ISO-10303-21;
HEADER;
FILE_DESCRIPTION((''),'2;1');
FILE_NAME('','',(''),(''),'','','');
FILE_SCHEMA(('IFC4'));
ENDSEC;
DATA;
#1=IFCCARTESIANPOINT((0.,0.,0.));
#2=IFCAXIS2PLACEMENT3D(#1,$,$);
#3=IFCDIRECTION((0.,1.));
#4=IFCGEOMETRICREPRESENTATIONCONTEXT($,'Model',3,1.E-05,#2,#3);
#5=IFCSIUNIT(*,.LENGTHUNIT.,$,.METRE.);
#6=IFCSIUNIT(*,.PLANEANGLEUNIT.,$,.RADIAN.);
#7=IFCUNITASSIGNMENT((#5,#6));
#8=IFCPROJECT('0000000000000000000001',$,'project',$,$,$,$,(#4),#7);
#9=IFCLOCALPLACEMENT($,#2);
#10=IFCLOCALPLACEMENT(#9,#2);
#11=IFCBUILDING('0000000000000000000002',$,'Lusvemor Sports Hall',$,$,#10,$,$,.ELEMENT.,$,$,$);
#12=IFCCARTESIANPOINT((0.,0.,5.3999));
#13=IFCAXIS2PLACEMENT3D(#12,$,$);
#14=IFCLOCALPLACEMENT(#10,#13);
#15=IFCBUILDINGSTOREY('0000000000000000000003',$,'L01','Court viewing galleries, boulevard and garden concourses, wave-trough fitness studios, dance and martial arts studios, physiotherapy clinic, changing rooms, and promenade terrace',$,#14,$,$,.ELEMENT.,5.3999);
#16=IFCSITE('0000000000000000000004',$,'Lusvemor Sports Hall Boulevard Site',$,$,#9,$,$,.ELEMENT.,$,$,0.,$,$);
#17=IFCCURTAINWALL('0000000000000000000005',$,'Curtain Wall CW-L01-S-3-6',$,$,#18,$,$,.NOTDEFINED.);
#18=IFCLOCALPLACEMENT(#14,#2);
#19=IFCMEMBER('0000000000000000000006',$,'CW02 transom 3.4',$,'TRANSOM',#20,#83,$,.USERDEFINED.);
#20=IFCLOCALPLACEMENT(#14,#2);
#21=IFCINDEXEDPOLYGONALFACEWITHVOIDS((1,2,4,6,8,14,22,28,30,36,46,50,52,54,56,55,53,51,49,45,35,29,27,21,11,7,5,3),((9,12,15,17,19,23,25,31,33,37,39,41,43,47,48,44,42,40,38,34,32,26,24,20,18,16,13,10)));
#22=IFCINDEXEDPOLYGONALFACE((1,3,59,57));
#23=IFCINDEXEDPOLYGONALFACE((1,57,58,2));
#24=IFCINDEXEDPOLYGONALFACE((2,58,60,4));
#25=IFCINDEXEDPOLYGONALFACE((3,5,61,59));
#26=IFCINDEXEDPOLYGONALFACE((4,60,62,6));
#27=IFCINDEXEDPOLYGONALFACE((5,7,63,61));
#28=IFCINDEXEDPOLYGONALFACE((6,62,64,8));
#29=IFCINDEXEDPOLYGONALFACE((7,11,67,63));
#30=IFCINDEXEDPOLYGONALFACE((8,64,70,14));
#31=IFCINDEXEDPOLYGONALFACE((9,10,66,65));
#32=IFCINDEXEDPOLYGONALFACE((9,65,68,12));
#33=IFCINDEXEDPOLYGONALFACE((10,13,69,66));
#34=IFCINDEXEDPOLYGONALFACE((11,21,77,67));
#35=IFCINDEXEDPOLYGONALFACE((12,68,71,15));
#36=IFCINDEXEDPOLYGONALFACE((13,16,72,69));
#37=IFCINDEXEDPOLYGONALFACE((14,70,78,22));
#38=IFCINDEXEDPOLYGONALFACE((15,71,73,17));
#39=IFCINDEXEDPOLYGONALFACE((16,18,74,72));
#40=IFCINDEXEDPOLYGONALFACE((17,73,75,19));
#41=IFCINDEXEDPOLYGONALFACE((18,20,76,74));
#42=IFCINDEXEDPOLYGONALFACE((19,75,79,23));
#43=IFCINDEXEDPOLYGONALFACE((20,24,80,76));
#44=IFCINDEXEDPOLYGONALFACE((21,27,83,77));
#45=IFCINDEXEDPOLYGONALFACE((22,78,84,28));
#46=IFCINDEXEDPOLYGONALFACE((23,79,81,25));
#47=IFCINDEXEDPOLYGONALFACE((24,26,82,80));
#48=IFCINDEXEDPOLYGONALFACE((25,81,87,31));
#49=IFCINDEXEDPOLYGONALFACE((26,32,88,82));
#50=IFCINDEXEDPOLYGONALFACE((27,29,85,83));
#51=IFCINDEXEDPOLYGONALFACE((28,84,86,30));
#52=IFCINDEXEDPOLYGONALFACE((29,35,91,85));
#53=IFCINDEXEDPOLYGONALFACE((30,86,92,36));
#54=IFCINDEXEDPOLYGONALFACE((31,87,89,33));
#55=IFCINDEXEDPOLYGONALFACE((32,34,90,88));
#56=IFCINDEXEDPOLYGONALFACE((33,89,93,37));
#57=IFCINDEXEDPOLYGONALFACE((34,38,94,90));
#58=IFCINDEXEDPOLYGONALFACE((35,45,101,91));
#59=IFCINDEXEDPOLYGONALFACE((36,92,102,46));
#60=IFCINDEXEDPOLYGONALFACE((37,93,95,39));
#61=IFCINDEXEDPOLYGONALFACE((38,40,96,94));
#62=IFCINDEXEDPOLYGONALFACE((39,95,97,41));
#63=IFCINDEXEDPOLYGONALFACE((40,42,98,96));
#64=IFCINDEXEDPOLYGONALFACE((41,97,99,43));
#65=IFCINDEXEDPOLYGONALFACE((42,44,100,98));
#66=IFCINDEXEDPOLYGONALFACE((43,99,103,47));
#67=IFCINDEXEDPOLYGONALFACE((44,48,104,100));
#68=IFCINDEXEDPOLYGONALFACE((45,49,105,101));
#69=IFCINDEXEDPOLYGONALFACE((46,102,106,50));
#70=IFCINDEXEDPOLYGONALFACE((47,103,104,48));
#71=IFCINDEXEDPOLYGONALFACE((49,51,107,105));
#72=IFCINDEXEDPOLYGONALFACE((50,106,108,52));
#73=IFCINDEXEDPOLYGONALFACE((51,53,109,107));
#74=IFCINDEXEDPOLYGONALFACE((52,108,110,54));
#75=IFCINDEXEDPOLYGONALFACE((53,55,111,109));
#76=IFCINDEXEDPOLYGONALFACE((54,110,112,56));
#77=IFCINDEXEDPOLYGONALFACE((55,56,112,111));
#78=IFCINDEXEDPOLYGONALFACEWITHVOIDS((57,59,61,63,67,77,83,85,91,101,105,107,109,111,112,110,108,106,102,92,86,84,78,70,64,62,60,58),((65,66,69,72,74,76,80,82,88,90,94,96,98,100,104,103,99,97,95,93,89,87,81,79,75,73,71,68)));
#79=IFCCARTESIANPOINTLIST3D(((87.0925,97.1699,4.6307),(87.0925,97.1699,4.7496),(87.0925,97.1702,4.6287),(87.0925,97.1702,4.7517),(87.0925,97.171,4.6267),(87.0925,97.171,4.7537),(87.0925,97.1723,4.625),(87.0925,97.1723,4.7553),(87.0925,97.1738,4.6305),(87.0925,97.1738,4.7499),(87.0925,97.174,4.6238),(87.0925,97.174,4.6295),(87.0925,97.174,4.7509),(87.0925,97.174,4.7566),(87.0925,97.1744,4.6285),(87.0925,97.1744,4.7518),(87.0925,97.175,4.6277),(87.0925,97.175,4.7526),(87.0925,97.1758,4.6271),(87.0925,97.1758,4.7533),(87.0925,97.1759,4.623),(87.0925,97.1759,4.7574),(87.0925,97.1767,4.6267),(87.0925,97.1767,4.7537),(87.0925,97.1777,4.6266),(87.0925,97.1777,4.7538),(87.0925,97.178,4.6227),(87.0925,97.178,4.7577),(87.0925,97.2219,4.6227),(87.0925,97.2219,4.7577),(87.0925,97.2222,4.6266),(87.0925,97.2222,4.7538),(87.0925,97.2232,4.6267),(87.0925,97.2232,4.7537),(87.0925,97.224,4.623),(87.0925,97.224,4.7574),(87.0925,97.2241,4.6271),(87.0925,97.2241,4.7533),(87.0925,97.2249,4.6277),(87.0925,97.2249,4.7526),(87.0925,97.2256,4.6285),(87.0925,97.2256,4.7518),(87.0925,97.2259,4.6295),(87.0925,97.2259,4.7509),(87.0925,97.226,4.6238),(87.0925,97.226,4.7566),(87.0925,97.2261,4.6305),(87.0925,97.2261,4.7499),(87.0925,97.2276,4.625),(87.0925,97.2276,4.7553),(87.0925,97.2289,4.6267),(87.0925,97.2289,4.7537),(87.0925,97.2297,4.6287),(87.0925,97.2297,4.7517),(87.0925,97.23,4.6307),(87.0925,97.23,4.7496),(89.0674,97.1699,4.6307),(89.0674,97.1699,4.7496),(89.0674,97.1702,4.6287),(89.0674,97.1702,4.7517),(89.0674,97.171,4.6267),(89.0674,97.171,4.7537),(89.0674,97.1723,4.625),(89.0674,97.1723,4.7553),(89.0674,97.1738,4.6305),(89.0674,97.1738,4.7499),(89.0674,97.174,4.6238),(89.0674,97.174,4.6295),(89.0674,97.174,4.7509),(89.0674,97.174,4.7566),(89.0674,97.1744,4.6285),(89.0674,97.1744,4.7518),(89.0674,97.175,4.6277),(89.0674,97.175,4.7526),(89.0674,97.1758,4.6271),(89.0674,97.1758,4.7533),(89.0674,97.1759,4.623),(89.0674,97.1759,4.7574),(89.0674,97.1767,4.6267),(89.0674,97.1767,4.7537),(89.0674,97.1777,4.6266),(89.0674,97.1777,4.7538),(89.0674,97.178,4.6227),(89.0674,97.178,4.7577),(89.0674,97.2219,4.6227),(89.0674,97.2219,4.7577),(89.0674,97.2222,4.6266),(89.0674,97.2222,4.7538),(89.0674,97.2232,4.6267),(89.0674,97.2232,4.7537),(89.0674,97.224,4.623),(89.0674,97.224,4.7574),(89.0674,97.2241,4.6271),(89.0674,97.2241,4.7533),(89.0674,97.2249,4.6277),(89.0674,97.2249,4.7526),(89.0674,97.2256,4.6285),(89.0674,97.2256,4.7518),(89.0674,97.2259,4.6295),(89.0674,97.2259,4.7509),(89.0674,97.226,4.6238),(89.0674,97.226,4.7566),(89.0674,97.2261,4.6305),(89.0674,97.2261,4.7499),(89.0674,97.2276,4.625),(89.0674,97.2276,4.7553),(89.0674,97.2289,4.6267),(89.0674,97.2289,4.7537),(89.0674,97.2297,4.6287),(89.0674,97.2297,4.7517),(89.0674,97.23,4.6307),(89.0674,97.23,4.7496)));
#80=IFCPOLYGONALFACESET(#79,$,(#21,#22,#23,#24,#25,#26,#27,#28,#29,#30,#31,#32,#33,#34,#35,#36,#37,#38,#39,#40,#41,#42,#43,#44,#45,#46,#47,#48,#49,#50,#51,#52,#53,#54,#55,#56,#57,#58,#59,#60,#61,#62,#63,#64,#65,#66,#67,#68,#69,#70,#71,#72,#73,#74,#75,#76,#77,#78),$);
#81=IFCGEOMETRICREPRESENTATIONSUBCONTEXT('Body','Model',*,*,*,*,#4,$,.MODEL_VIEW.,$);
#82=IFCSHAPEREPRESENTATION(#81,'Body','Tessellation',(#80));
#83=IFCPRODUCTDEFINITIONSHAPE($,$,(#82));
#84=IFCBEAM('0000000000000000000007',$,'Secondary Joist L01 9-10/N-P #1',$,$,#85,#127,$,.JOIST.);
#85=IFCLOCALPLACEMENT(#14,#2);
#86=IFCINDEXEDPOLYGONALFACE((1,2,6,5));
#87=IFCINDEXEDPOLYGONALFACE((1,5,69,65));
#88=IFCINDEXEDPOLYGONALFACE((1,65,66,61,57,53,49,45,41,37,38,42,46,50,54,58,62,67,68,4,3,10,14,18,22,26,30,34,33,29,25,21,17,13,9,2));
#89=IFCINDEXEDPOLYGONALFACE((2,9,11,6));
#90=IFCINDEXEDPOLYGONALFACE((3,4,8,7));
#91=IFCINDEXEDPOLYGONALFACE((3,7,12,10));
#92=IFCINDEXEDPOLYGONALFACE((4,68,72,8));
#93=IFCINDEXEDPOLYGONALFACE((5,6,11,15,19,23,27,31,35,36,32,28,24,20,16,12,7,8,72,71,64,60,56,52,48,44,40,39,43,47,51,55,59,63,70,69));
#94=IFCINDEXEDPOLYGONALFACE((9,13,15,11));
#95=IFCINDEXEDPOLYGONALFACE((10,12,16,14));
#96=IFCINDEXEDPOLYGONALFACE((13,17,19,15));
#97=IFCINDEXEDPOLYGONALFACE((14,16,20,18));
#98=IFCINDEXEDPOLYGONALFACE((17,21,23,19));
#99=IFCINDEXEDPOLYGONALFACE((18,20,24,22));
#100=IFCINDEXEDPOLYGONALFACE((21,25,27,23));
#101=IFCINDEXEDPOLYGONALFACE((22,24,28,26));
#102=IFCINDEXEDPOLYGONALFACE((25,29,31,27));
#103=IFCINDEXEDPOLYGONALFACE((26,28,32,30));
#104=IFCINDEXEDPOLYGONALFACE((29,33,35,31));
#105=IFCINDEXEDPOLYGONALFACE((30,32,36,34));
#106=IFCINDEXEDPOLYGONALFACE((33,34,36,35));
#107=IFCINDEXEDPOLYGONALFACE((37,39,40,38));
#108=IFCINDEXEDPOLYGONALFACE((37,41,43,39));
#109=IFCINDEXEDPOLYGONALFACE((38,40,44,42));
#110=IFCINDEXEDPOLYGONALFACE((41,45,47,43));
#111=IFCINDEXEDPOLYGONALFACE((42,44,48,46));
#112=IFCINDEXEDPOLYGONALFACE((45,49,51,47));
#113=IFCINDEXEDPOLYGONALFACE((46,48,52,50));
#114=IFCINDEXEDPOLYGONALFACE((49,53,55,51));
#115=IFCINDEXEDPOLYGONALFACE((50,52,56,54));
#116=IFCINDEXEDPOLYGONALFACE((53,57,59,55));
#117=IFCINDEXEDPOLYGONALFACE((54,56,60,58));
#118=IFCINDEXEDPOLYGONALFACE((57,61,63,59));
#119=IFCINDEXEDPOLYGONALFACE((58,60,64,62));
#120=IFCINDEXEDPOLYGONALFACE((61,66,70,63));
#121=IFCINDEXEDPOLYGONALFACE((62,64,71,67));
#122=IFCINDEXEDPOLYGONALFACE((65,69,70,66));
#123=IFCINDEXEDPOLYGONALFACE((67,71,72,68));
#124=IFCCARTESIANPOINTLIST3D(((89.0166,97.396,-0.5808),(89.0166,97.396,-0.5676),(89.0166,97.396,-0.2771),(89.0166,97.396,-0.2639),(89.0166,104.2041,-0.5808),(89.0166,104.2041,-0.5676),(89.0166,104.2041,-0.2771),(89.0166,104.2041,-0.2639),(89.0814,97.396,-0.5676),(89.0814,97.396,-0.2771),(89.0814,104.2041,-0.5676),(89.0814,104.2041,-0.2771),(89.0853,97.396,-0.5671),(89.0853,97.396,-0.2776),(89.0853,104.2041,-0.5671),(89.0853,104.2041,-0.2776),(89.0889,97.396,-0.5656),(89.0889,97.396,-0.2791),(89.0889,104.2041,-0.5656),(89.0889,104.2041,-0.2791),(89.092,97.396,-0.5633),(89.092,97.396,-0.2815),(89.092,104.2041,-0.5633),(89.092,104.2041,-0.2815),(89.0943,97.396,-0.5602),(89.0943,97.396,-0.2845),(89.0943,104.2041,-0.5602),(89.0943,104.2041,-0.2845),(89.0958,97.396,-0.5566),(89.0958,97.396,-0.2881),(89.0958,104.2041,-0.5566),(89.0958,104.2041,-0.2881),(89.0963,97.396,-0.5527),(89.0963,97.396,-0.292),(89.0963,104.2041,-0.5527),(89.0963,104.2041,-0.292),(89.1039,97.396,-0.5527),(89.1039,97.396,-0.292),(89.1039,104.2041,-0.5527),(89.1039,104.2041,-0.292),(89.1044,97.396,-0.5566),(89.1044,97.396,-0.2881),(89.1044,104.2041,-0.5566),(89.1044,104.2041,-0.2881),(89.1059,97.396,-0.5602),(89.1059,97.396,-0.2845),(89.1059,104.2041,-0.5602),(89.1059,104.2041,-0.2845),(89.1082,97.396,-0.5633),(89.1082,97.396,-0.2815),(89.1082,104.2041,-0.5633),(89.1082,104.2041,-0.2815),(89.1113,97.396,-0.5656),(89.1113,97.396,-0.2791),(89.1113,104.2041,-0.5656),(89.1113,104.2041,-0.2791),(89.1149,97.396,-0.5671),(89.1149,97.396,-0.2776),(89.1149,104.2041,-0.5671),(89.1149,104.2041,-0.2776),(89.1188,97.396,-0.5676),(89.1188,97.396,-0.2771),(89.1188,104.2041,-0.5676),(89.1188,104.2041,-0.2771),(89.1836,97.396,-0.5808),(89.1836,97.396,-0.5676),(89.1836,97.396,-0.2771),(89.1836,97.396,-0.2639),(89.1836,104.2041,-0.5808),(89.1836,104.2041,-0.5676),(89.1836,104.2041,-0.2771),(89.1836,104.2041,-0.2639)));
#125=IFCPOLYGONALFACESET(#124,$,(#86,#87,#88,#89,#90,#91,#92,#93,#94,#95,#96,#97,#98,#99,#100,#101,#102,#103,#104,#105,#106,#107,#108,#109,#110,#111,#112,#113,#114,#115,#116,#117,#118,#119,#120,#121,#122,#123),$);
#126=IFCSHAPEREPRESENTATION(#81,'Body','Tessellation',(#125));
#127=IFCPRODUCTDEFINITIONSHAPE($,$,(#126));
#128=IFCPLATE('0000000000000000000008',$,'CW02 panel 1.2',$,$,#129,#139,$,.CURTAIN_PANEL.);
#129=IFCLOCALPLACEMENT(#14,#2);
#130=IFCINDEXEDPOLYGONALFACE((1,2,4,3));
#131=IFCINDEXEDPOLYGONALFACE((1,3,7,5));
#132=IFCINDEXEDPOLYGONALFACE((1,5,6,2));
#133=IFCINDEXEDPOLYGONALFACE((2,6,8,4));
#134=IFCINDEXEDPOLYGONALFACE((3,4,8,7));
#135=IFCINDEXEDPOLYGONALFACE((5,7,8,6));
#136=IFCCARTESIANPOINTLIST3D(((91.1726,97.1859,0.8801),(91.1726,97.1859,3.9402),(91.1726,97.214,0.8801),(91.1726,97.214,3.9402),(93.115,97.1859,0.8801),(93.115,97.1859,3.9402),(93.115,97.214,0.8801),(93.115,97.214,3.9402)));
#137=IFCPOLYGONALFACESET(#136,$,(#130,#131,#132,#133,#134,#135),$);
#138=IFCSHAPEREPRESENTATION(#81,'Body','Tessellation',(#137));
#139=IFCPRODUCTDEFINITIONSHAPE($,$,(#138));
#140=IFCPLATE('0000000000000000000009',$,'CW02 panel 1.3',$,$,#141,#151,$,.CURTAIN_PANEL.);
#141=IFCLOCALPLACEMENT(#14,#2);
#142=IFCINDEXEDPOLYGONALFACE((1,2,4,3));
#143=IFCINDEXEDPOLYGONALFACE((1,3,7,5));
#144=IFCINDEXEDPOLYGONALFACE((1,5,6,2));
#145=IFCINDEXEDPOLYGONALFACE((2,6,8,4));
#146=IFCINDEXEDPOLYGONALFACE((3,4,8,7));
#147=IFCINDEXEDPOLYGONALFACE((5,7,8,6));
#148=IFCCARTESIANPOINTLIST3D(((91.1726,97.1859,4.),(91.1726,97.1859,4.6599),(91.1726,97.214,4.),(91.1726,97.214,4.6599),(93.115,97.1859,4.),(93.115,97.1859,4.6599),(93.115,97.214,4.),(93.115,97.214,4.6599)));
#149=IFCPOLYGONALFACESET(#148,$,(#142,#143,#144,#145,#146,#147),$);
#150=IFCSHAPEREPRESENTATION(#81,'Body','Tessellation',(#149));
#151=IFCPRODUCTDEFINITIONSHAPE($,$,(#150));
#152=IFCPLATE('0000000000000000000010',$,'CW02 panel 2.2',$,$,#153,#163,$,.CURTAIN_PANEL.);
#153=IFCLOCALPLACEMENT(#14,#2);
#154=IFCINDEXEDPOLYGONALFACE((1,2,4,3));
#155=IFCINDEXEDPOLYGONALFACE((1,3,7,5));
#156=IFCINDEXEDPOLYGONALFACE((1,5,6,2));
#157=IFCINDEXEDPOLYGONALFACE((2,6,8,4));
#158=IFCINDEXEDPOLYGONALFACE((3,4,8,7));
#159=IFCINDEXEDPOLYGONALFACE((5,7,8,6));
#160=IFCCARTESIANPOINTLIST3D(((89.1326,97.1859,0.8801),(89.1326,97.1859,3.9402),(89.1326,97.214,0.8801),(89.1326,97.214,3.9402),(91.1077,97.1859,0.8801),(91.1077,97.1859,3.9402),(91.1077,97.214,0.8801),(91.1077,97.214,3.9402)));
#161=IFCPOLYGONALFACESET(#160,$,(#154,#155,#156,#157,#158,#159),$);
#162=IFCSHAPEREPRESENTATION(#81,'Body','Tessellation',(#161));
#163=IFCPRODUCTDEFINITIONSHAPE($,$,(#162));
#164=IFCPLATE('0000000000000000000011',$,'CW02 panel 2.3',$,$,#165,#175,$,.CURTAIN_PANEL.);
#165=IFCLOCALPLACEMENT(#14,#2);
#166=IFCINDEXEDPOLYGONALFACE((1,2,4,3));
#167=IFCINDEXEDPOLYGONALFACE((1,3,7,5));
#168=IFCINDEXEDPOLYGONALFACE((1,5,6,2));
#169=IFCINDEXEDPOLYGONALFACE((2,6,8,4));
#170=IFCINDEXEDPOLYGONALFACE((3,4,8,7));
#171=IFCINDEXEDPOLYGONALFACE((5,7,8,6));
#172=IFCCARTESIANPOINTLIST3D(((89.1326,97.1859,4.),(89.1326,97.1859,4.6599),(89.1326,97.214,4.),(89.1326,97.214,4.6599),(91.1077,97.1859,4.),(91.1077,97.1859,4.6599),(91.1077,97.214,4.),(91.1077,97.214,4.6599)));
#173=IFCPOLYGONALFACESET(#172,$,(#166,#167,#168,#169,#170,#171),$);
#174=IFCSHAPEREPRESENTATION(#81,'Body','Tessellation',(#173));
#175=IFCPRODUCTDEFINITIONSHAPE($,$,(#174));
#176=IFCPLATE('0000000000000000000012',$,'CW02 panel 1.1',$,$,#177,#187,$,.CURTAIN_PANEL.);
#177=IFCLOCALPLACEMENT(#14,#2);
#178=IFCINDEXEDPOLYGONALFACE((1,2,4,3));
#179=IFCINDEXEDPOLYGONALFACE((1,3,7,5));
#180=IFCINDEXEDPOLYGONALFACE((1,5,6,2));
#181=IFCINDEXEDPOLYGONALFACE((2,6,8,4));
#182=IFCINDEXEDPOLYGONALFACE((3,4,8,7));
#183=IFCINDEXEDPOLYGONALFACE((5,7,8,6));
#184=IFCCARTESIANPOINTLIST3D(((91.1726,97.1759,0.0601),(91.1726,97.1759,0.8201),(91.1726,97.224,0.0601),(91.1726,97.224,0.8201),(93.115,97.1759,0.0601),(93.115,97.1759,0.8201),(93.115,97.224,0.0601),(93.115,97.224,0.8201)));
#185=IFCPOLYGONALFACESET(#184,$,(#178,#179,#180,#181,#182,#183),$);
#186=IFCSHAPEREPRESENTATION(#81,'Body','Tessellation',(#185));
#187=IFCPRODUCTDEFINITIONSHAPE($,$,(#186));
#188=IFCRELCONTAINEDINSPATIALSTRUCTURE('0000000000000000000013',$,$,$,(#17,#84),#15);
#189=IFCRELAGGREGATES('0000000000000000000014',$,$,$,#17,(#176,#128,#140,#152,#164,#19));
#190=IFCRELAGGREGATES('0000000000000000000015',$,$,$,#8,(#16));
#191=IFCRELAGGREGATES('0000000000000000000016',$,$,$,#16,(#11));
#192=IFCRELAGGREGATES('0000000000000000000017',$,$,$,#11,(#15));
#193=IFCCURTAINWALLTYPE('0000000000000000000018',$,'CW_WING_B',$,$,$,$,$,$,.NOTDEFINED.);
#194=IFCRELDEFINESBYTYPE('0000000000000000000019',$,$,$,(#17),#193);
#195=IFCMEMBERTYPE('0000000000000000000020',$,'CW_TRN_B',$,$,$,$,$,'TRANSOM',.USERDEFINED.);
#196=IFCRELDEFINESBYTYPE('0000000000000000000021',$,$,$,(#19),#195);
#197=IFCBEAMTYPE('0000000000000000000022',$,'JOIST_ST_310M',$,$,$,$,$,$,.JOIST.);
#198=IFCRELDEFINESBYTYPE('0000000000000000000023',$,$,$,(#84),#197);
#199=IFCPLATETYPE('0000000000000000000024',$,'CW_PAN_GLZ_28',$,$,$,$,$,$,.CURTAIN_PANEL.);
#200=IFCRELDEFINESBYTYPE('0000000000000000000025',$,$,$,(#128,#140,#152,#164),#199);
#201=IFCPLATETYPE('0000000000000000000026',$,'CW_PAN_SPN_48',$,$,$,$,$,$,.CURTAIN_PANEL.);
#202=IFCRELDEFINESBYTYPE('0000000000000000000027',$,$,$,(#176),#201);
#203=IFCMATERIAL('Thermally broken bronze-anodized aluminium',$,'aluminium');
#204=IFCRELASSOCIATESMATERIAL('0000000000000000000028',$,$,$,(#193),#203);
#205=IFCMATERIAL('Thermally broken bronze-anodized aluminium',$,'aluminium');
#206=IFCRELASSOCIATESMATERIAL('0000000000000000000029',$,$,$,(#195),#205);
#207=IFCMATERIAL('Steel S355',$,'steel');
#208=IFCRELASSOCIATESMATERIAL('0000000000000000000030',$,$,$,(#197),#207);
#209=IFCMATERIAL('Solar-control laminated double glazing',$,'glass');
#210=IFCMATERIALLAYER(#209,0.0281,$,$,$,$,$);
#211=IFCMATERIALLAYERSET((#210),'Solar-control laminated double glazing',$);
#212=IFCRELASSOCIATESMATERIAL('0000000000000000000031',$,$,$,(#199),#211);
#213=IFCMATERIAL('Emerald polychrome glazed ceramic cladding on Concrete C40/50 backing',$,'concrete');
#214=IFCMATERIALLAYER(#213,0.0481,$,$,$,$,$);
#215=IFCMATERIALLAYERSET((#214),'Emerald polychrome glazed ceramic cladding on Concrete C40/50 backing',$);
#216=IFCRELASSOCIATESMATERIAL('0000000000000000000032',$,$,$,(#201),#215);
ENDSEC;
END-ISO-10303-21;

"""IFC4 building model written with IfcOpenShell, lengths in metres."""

from ifc_helpers import new_model, si_unit, direction, frame, origin, origin_2d, place, context, subcontext, project, spatial, rectangle, hollow_rectangle, i_section, extrude, material, layer, layer_set, material_profile, profile_set, type_object, element, aggregate, save


model = new_model("IFC4")

# Units and contexts
model_context = context("Model", 3, precision=1e-05, world=origin(), true_north=direction((0.0, 1.0)))
body_context = subcontext(model_context, "Body", "Model", "MODEL_VIEW")
ifc_project = project(units=[si_unit("LENGTHUNIT", "METRE"), si_unit("PLANEANGLEUNIT", "RADIAN")], contexts=[model_context])

# Site, building, storey
site_placement = place(None, origin())
site = spatial("IfcSite", under=ifc_project, at=site_placement, Name="Lusvemor Sports Hall Boulevard Site", CompositionType="ELEMENT", RefElevation=0.0)
building_placement = place(site_placement, origin())
building = spatial("IfcBuilding", under=site, at=building_placement, Name="Lusvemor Sports Hall", CompositionType="ELEMENT")
storey_placement = place(building_placement, frame((0.0, 0.0, 5.3999)))
storey = spatial("IfcBuildingStorey", under=building, at=storey_placement, Name="L01", Description="Court viewing galleries, boulevard and garden concourses, wave-trough fitness studios, dance and martial arts studios, physiotherapy clinic, changing rooms, and promenade terrace", CompositionType="ELEMENT", Elevation=5.3999)

# Curtain wall, member
ifc_material_1 = material(Name="Thermally broken bronze-anodized aluminium", Category="aluminium")
curtain_wall_type = type_object("IfcCurtainWallType", Name="CW_WING_B", PredefinedType="NOTDEFINED", material=ifc_material_1)
curtain_wall_placement = place(storey_placement, origin())
curtain_wall = element("IfcCurtainWall", 1, at=curtain_wall_placement, inside=storey, type_object=curtain_wall_type, Name="Curtain Wall CW-L01-S-3-6", PredefinedType="NOTDEFINED")
ifc_material_2 = material(Name="Thermally broken bronze-anodized aluminium", Category="aluminium")
ifc_material_profile_1 = material_profile(ifc_material_2, hollow_rectangle(XDim=0.0601, YDim=0.135, WallThickness=0.0039, InnerFilletRadius=0.0039, OuterFilletRadius=0.0081, at=origin_2d()), Name="CWTRN135x60x4")
ifc_profile_set_1 = profile_set([ifc_material_profile_1], Name="Thermally broken bronze-anodized aluminium")
member_type_1 = type_object("IfcMemberType", Name="CW_TRN_B", ElementType="TRANSOM", PredefinedType="USERDEFINED", material=ifc_profile_set_1)
member_1_placement = place(storey_placement, frame((89.0674, 97.2, 4.6902), z_axis=(-1.0, 0.0, 0.0), x_axis=(0.0, -1.0, 0.0)))
member_1 = element("IfcMember", 2, at=member_1_placement, type_object=member_type_1, Name="CW02 transom 3.4", ObjectType="TRANSOM", PredefinedType="USERDEFINED", context=body_context, shape_type="SweptSolid", body=[
    extrude(hollow_rectangle(XDim=0.0601, YDim=0.135, WallThickness=0.0039, InnerFilletRadius=0.0039, OuterFilletRadius=0.0081, at=origin_2d()), origin(), (0.0, 0.0, 1.0), 1.9749),
])

# Beam
ifc_material_3 = material(Name="Steel S355", Category="steel")
ifc_material_profile_2 = material_profile(ifc_material_3, i_section(OverallWidth=0.167, OverallDepth=0.3169, WebThickness=0.0076, FlangeThickness=0.0132, FilletRadius=0.0149, at=origin_2d()), Name="W310x52.0")
ifc_profile_set_2 = profile_set([ifc_material_profile_2], Name="Steel S355")
beam_type_1 = type_object("IfcBeamType", Name="JOIST_ST_310M", PredefinedType="JOIST", material=ifc_profile_set_2)
beam_1_placement = place(storey_placement, frame((89.1001, 97.396, -0.4224), z_axis=(0.0, 1.0, 0.0), x_axis=(-1.0, 0.0, 0.0)))
element("IfcBeam", 3, at=beam_1_placement, inside=storey, type_object=beam_type_1, Name="Secondary Joist L01 9-10/N-P #1", PredefinedType="JOIST", context=body_context, shape_type="SweptSolid", body=[
    extrude(i_section(OverallWidth=0.167, OverallDepth=0.3169, WebThickness=0.0076, FlangeThickness=0.0132, FilletRadius=0.0149, at=origin_2d()), origin(), (0.0, 0.0, 1.0), 6.8081),
])

# Plates
ifc_material_4 = material(Name="Solar-control laminated double glazing", Category="glass")
ifc_layer_1 = layer(ifc_material_4, 0.0281)
ifc_layer_set_1 = layer_set([ifc_layer_1], Name="Solar-control laminated double glazing")
plate_type_1 = type_object("IfcPlateType", Name="CW_PAN_GLZ_28", PredefinedType="CURTAIN_PANEL", material=ifc_layer_set_1)
plate_1_placement = place(storey_placement, frame((92.1438, 97.2, 0.8801), z_axis=(0.0, 0.0, 1.0), x_axis=(-1.0, 0.0, 0.0)))
plate_1 = element("IfcPlate", 4, at=plate_1_placement, type_object=plate_type_1, Name="CW02 panel 1.2", PredefinedType="CURTAIN_PANEL", context=body_context, shape_type="SweptSolid", body=[
    extrude(rectangle(XDim=1.9424, YDim=0.0281, at=origin_2d()), origin(), (0.0, 0.0, 1.0), 3.0601),
])
plate_2_placement = place(storey_placement, frame((92.1438, 97.2, 4.0), z_axis=(0.0, 0.0, 1.0), x_axis=(-1.0, 0.0, 0.0)))
plate_2 = element("IfcPlate", 5, at=plate_2_placement, type_object=plate_type_1, Name="CW02 panel 1.3", PredefinedType="CURTAIN_PANEL", context=body_context, shape_type="SweptSolid", body=[
    extrude(rectangle(XDim=1.9424, YDim=0.0281, at=origin_2d()), origin(), (0.0, 0.0, 1.0), 0.6599),
])
plate_3_placement = place(storey_placement, frame((90.1201, 97.2, 0.8801), z_axis=(0.0, 0.0, 1.0), x_axis=(-1.0, 0.0, 0.0)))
plate_3 = element("IfcPlate", 6, at=plate_3_placement, type_object=plate_type_1, Name="CW02 panel 2.2", PredefinedType="CURTAIN_PANEL", context=body_context, shape_type="SweptSolid", body=[
    extrude(rectangle(XDim=1.9751, YDim=0.0281, at=origin_2d()), origin(), (0.0, 0.0, 1.0), 3.0601),
])
plate_4_placement = place(storey_placement, frame((90.1201, 97.2, 4.0), z_axis=(0.0, 0.0, 1.0), x_axis=(-1.0, 0.0, 0.0)))
plate_4 = element("IfcPlate", 7, at=plate_4_placement, type_object=plate_type_1, Name="CW02 panel 2.3", PredefinedType="CURTAIN_PANEL", context=body_context, shape_type="SweptSolid", body=[
    extrude(rectangle(XDim=1.9751, YDim=0.0281, at=origin_2d()), origin(), (0.0, 0.0, 1.0), 0.6599),
])
ifc_material_5 = material(Name="Emerald polychrome glazed ceramic cladding on Concrete C40/50 backing", Category="concrete")
ifc_layer_2 = layer(ifc_material_5, 0.0481)
ifc_layer_set_2 = layer_set([ifc_layer_2], Name="Emerald polychrome glazed ceramic cladding on Concrete C40/50 backing")
plate_type_2 = type_object("IfcPlateType", Name="CW_PAN_SPN_48", PredefinedType="CURTAIN_PANEL", material=ifc_layer_set_2)
plate_5_placement = place(storey_placement, frame((92.1438, 97.2, 0.0601), z_axis=(0.0, 0.0, 1.0), x_axis=(-1.0, 0.0, 0.0)))
plate_5 = element("IfcPlate", 8, at=plate_5_placement, type_object=plate_type_2, Name="CW02 panel 1.1", PredefinedType="CURTAIN_PANEL", context=body_context, shape_type="SweptSolid", body=[
    extrude(rectangle(XDim=1.9424, YDim=0.0481, at=origin_2d()), origin(), (0.0, 0.0, 1.0), 0.76),
])
aggregate(curtain_wall, [plate_5, plate_1, plate_2, plate_3, plate_4, member_1])

save(model, "model.ifc")
